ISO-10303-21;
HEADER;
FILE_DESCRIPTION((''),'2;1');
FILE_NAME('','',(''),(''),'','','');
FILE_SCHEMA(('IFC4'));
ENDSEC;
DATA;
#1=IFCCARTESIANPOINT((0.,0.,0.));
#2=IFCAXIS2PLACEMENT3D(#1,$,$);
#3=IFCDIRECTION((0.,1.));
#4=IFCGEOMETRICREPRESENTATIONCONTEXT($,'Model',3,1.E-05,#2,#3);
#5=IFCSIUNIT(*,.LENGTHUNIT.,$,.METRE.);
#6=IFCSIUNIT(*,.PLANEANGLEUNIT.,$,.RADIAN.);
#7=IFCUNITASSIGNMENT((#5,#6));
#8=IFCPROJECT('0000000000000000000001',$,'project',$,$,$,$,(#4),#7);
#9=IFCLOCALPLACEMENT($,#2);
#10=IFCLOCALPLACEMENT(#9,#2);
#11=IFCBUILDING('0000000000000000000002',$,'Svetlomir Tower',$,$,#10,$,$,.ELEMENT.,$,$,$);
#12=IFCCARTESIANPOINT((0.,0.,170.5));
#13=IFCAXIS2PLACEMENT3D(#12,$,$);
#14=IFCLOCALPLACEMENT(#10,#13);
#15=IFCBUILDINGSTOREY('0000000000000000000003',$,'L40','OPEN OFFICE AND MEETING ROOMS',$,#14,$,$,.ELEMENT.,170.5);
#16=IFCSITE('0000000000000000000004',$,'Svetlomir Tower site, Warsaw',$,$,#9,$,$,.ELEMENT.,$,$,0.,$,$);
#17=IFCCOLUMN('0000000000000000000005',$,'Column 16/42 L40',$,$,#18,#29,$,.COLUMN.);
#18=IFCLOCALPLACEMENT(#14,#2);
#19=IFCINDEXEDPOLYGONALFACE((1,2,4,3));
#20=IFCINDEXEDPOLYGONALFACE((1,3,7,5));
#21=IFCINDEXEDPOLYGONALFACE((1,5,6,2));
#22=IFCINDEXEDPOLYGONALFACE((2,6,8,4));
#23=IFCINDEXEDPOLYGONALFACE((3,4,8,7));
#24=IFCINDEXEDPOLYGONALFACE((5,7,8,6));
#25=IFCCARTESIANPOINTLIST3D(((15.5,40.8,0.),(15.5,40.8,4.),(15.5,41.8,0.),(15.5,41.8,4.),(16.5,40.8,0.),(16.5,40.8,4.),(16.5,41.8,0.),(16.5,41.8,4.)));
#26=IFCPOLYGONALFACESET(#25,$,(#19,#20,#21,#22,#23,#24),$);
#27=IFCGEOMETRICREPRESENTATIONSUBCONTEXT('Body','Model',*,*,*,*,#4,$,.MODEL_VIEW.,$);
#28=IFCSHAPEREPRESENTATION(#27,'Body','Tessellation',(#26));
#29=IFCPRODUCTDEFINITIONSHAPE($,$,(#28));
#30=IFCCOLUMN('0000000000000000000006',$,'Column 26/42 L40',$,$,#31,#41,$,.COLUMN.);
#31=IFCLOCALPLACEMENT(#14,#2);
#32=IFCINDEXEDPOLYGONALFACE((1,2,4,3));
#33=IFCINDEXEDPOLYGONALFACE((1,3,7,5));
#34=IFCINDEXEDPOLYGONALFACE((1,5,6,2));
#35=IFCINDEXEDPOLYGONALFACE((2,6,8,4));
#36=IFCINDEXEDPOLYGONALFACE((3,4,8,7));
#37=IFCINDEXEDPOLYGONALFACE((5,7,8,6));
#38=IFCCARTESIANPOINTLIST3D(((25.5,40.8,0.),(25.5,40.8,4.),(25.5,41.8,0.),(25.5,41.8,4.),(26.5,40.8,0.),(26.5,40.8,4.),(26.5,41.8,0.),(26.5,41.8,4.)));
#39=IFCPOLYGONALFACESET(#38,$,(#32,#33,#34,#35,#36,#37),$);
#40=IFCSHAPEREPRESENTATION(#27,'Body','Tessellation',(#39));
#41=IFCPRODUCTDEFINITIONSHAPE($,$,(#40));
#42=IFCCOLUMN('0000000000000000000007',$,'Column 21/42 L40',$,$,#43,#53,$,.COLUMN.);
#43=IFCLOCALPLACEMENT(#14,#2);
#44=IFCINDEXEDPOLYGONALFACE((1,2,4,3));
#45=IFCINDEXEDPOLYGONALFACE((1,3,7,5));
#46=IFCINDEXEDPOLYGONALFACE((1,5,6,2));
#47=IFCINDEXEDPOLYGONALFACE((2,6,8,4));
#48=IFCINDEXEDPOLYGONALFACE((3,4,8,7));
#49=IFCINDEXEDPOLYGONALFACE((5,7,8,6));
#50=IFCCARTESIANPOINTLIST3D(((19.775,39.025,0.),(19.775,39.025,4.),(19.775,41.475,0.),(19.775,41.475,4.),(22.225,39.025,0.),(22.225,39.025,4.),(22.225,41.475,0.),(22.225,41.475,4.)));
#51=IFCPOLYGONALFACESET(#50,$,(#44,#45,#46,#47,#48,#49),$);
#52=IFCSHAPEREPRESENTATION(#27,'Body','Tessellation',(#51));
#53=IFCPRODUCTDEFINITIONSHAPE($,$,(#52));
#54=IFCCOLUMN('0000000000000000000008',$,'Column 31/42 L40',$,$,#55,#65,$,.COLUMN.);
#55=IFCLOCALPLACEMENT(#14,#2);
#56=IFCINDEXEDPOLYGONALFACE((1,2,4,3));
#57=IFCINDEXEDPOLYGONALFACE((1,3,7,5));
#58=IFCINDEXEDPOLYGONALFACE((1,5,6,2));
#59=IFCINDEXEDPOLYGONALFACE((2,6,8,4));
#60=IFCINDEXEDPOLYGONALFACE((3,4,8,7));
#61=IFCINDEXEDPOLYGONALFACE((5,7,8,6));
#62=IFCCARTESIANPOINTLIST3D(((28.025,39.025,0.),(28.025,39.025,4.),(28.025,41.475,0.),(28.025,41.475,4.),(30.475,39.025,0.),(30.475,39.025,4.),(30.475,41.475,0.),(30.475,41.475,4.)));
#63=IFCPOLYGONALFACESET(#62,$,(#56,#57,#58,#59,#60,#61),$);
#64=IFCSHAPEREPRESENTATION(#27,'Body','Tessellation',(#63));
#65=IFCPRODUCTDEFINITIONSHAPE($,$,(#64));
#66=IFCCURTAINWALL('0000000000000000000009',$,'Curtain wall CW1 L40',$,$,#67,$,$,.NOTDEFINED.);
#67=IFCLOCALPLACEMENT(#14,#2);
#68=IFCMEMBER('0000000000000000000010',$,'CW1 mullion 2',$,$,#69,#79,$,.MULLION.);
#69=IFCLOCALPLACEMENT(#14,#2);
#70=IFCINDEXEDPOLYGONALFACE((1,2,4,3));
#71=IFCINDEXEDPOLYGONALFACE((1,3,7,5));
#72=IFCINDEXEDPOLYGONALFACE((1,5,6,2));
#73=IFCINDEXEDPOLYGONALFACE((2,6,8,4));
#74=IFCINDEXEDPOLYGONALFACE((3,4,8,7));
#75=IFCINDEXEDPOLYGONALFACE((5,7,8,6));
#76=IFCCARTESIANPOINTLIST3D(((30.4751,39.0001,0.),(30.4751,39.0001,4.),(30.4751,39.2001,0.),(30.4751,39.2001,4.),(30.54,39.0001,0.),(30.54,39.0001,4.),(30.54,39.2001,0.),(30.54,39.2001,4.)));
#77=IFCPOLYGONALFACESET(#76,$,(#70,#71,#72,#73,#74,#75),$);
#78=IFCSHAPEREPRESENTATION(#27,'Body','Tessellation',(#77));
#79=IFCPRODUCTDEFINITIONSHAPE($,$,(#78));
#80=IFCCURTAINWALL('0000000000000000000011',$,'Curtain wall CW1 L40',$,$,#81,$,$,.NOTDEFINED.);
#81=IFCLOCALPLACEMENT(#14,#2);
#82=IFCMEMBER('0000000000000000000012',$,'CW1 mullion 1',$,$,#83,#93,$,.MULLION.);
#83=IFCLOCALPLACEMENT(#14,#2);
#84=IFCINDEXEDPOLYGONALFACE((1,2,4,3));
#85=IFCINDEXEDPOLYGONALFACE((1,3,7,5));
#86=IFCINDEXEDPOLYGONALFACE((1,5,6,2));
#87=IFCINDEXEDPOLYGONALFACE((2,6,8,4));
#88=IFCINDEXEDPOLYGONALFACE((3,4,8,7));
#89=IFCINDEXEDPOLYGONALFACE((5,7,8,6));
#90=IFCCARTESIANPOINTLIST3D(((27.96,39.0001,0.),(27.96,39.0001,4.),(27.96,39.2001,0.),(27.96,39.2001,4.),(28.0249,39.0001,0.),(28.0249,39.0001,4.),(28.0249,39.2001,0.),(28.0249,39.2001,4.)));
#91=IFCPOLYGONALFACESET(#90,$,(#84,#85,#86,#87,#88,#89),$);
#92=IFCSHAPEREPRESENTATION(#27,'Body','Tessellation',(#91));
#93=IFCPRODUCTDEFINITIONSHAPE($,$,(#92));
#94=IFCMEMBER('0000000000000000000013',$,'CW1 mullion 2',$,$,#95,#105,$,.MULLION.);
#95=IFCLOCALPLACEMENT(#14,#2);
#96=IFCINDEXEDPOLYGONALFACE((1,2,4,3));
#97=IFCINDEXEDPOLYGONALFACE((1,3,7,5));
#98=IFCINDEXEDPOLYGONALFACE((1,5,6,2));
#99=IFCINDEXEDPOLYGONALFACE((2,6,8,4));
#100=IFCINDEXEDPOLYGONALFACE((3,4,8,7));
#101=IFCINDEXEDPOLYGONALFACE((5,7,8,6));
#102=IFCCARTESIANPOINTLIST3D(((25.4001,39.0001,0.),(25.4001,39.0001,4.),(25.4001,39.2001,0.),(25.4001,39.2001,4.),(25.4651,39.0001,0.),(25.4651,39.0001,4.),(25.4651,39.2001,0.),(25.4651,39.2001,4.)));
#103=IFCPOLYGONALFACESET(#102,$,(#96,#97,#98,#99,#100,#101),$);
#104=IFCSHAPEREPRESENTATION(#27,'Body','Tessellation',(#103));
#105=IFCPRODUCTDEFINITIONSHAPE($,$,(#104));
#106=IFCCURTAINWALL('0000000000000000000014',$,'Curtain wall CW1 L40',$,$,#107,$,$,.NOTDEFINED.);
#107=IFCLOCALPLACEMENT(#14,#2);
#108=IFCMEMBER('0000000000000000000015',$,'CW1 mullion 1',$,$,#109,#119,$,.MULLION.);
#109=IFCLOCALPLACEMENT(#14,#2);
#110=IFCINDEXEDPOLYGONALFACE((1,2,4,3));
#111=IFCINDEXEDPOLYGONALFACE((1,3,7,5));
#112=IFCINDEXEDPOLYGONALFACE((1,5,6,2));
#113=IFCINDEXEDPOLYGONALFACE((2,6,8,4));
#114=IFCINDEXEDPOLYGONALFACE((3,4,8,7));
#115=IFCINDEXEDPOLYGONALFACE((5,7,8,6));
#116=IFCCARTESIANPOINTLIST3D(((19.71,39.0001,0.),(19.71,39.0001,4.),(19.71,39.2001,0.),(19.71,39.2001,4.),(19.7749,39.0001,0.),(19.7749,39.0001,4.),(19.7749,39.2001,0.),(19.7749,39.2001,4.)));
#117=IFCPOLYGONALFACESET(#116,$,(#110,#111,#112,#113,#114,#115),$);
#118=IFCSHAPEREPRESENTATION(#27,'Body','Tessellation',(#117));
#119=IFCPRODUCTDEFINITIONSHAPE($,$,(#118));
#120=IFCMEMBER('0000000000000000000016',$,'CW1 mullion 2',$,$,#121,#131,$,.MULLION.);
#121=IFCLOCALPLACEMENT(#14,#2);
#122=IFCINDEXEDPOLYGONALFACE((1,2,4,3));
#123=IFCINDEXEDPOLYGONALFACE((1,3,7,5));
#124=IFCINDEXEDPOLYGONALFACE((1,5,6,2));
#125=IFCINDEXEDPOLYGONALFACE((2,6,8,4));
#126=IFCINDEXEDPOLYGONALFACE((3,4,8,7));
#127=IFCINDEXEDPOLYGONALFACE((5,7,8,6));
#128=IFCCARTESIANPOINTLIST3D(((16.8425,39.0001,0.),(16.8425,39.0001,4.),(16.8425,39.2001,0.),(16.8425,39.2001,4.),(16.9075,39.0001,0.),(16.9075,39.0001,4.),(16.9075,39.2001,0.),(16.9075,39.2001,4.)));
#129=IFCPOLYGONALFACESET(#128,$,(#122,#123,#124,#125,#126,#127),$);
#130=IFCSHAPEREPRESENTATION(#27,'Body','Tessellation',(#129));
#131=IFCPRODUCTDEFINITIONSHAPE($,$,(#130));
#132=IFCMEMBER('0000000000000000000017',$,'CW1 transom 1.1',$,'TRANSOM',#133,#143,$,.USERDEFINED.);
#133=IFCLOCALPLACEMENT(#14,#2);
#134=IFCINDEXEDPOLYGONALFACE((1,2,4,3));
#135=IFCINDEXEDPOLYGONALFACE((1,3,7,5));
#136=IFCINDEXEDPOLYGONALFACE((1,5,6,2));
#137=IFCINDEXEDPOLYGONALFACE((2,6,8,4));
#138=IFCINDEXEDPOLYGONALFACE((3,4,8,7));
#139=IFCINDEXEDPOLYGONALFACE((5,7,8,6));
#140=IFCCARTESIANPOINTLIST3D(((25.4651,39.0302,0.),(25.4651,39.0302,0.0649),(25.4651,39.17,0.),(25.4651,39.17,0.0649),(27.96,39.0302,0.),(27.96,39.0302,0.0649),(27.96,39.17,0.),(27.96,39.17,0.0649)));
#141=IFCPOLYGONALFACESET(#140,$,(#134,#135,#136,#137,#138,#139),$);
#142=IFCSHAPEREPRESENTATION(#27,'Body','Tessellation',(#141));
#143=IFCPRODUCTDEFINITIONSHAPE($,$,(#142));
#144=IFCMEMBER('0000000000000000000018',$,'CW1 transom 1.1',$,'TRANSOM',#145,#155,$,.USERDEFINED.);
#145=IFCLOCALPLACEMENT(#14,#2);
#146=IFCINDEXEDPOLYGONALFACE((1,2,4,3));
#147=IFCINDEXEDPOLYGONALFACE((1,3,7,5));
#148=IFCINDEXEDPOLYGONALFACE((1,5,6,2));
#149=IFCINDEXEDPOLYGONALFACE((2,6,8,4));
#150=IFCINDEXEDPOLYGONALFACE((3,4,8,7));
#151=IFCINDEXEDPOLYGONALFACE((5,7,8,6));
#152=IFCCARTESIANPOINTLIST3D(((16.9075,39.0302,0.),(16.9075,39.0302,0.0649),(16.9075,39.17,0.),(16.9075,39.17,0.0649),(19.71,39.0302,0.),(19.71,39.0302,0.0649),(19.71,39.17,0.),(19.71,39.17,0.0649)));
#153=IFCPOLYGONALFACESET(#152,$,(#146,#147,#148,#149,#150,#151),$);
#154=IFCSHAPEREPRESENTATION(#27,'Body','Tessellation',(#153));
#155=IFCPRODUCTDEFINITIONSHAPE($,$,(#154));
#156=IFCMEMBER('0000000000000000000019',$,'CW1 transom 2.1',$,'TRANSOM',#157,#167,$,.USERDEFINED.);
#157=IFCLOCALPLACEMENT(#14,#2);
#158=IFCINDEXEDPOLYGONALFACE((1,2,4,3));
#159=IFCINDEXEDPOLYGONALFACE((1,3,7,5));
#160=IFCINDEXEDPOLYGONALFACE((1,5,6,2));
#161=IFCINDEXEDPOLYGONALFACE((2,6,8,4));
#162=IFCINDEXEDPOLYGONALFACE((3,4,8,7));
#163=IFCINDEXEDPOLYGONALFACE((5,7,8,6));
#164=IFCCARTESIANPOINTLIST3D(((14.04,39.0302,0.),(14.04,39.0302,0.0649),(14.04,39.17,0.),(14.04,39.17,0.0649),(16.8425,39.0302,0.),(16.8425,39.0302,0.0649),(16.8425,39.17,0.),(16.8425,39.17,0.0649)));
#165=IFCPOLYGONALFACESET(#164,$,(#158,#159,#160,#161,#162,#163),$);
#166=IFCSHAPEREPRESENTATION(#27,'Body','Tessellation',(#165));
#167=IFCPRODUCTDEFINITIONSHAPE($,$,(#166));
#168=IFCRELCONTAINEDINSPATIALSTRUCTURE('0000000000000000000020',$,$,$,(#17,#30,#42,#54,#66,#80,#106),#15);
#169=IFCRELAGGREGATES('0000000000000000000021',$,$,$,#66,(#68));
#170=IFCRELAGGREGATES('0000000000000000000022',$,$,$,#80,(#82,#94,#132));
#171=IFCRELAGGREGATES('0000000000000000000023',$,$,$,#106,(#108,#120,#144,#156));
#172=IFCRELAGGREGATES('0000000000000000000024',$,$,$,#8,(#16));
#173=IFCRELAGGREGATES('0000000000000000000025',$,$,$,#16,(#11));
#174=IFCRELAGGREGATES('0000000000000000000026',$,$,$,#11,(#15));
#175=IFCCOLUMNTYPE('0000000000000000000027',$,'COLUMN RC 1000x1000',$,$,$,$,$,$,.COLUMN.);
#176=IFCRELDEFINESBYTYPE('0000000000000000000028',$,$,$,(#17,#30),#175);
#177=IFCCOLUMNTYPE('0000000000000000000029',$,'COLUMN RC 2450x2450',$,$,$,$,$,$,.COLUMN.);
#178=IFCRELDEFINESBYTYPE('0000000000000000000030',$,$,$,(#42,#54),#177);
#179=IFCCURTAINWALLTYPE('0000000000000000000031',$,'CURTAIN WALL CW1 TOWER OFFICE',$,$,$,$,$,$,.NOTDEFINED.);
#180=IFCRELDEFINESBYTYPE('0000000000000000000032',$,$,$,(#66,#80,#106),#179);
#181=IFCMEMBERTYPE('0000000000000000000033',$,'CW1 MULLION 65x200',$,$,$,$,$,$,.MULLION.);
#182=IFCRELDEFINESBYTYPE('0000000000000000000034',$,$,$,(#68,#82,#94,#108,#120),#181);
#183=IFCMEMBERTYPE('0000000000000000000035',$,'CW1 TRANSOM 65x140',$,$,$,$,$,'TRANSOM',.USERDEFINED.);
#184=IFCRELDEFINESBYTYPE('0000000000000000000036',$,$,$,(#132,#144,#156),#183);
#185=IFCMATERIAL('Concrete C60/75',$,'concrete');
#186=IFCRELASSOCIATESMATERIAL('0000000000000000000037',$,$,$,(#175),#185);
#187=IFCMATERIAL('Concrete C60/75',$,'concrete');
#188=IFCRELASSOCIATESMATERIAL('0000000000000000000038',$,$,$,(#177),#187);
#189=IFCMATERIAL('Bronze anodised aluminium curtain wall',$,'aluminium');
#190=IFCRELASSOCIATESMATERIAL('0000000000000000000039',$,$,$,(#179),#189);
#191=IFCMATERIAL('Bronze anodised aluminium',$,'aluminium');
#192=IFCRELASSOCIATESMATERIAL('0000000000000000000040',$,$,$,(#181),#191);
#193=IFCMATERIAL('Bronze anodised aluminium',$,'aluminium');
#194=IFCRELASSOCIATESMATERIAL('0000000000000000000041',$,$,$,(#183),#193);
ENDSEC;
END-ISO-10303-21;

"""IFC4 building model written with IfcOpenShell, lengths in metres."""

from ifc_helpers import new_model, si_unit, direction, frame, origin, origin_2d, place, context, subcontext, project, spatial, rectangle, extrude, material, material_profile, profile_set, type_object, element, aggregate, save


model = new_model("IFC4")

# Units and contexts
model_context = context("Model", 3, precision=1e-05, world=origin(), true_north=direction((0.0, 1.0)))
body_context = subcontext(model_context, "Body", "Model", "MODEL_VIEW")
ifc_project = project(units=[si_unit("LENGTHUNIT", "METRE"), si_unit("PLANEANGLEUNIT", "RADIAN")], contexts=[model_context])

# Site, building, storey
site_placement = place(None, origin())
site = spatial("IfcSite", under=ifc_project, at=site_placement, Name="Svetlomir Tower site, Warsaw", CompositionType="ELEMENT", RefElevation=0.0)
building_placement = place(site_placement, origin())
building = spatial("IfcBuilding", under=site, at=building_placement, Name="Svetlomir Tower", CompositionType="ELEMENT")
storey_placement = place(building_placement, frame((0.0, 0.0, 170.5)))
storey = spatial("IfcBuildingStorey", under=building, at=storey_placement, Name="L40", Description="OPEN OFFICE AND MEETING ROOMS", CompositionType="ELEMENT", Elevation=170.5)

# Columns
ifc_material_1 = material(Name="Concrete C60/75", Category="concrete")
ifc_material_profile_1 = material_profile(ifc_material_1, rectangle(XDim=1.0, YDim=1.0, at=origin_2d()), Name="RC 1000x1000")
ifc_profile_set_1 = profile_set([ifc_material_profile_1], Name="Concrete C60/75")
column_type_1 = type_object("IfcColumnType", Name="COLUMN RC 1000x1000", PredefinedType="COLUMN", material=ifc_profile_set_1)
for number, where, z_axis, x_axis, name in (
    (1, (16.0, 41.3, 0.0), (0.0, 0.0, 1.0), (1.0, 0.0, 0.0), "Column 16/42 L40"),
    (2, (26.0, 41.3, 0.0), (0.0, 0.0, 1.0), (1.0, 0.0, 0.0), "Column 26/42 L40"),
):
    element("IfcColumn", number, at=place(storey_placement, frame(where, z_axis=z_axis, x_axis=x_axis)), inside=storey, type_object=column_type_1, Name=name, PredefinedType="COLUMN", context=body_context, shape_type="SweptSolid", body=[
        extrude(rectangle(XDim=1.0, YDim=1.0, at=origin_2d()), origin(), (0.0, 0.0, 1.0), 4.0),
    ])
ifc_material_2 = material(Name="Concrete C60/75", Category="concrete")
ifc_material_profile_2 = material_profile(ifc_material_2, rectangle(XDim=2.45, YDim=2.45, at=origin_2d()), Name="RC 2450x2450")
ifc_profile_set_2 = profile_set([ifc_material_profile_2], Name="Concrete C60/75")
column_type_2 = type_object("IfcColumnType", Name="COLUMN RC 2450x2450", PredefinedType="COLUMN", material=ifc_profile_set_2)
for number, where, z_axis, x_axis, name in (
    (3, (21.0, 40.25, 0.0), (0.0, 0.0, 1.0), (1.0, 0.0, 0.0), "Column 21/42 L40"),
    (4, (29.25, 40.25, 0.0), (0.0, 0.0, 1.0), (1.0, 0.0, 0.0), "Column 31/42 L40"),
):
    element("IfcColumn", number, at=place(storey_placement, frame(where, z_axis=z_axis, x_axis=x_axis)), inside=storey, type_object=column_type_2, Name=name, PredefinedType="COLUMN", context=body_context, shape_type="SweptSolid", body=[
        extrude(rectangle(XDim=2.45, YDim=2.45, at=origin_2d()), origin(), (0.0, 0.0, 1.0), 4.0),
    ])

# Curtain wall, member
ifc_material_3 = material(Name="Bronze anodised aluminium curtain wall", Category="aluminium")
curtain_wall_type = type_object("IfcCurtainWallType", Name="CURTAIN WALL CW1 TOWER OFFICE", PredefinedType="NOTDEFINED", material=ifc_material_3)
curtain_wall_1_placement = place(storey_placement, origin())
curtain_wall_1 = element("IfcCurtainWall", 5, at=curtain_wall_1_placement, inside=storey, type_object=curtain_wall_type, Name="Curtain wall CW1 L40", PredefinedType="NOTDEFINED")
ifc_material_4 = material(Name="Bronze anodised aluminium", Category="aluminium")
ifc_material_profile_3 = material_profile(ifc_material_4, rectangle(XDim=0.0649, YDim=0.2, at=origin_2d()), Name="AL 65x200")
ifc_profile_set_3 = profile_set([ifc_material_profile_3], Name="Bronze anodised aluminium 6063-T6")
member_type_1 = type_object("IfcMemberType", Name="CW1 MULLION 65x200", PredefinedType="MULLION", material=ifc_profile_set_3)
member_1_placement = place(storey_placement, frame((30.5076, 39.1001, 0.0), z_axis=(0.0, 0.0, 1.0), x_axis=(-1.0, 0.0, 0.0)))
member_1 = element("IfcMember", 6, at=member_1_placement, type_object=member_type_1, Name="CW1 mullion 2", PredefinedType="MULLION", context=body_context, shape_type="SweptSolid", body=[
    extrude(rectangle(XDim=0.0649, YDim=0.2, at=origin_2d()), origin(), (0.0, 0.0, 1.0), 4.0),
])

# Curtain walls, members
curtain_wall_2_placement = place(storey_placement, origin())
curtain_wall_2 = element("IfcCurtainWall", 7, at=curtain_wall_2_placement, inside=storey, type_object=curtain_wall_type, Name="Curtain wall CW1 L40", PredefinedType="NOTDEFINED")
member_2_placement = place(storey_placement, frame((27.9924, 39.1001, 0.0), z_axis=(0.0, 0.0, 1.0), x_axis=(-1.0, 0.0, 0.0)))
member_2 = element("IfcMember", 8, at=member_2_placement, type_object=member_type_1, Name="CW1 mullion 1", PredefinedType="MULLION", context=body_context, shape_type="SweptSolid", body=[
    extrude(rectangle(XDim=0.0649, YDim=0.2, at=origin_2d()), origin(), (0.0, 0.0, 1.0), 4.0),
])
member_3_placement = place(storey_placement, frame((25.4326, 39.1001, 0.0), z_axis=(0.0, 0.0, 1.0), x_axis=(-1.0, 0.0, 0.0)))
member_3 = element("IfcMember", 9, at=member_3_placement, type_object=member_type_1, Name="CW1 mullion 2", PredefinedType="MULLION", context=body_context, shape_type="SweptSolid", body=[
    extrude(rectangle(XDim=0.0649, YDim=0.2, at=origin_2d()), origin(), (0.0, 0.0, 1.0), 4.0),
])
curtain_wall_3_placement = place(storey_placement, origin())
curtain_wall_3 = element("IfcCurtainWall", 10, at=curtain_wall_3_placement, inside=storey, type_object=curtain_wall_type, Name="Curtain wall CW1 L40", PredefinedType="NOTDEFINED")
member_4_placement = place(storey_placement, frame((19.7424, 39.1001, 0.0), z_axis=(0.0, 0.0, 1.0), x_axis=(-1.0, 0.0, 0.0)))
member_4 = element("IfcMember", 11, at=member_4_placement, type_object=member_type_1, Name="CW1 mullion 1", PredefinedType="MULLION", context=body_context, shape_type="SweptSolid", body=[
    extrude(rectangle(XDim=0.0649, YDim=0.2, at=origin_2d()), origin(), (0.0, 0.0, 1.0), 4.0),
])
member_5_placement = place(storey_placement, frame((16.875, 39.1001, 0.0), z_axis=(0.0, 0.0, 1.0), x_axis=(-1.0, 0.0, 0.0)))
member_5 = element("IfcMember", 12, at=member_5_placement, type_object=member_type_1, Name="CW1 mullion 2", PredefinedType="MULLION", context=body_context, shape_type="SweptSolid", body=[
    extrude(rectangle(XDim=0.0649, YDim=0.2, at=origin_2d()), origin(), (0.0, 0.0, 1.0), 4.0),
])

# Members
ifc_material_5 = material(Name="Bronze anodised aluminium", Category="aluminium")
ifc_material_profile_4 = material_profile(ifc_material_5, rectangle(XDim=0.1399, YDim=0.0649, at=origin_2d()), Name="AL 140x65")
ifc_profile_set_4 = profile_set([ifc_material_profile_4], Name="Bronze anodised aluminium 6063-T6")
member_type_2 = type_object("IfcMemberType", Name="CW1 TRANSOM 65x140", ElementType="TRANSOM", PredefinedType="USERDEFINED", material=ifc_profile_set_4)
member_6_placement = place(storey_placement, frame((27.96, 39.1001, 0.0325), z_axis=(-1.0, 0.0, 0.0), x_axis=(0.0, -1.0, 0.0)))
member_6 = element("IfcMember", 13, at=member_6_placement, type_object=member_type_2, Name="CW1 transom 1.1", ObjectType="TRANSOM", PredefinedType="USERDEFINED", context=body_context, shape_type="SweptSolid", body=[
    extrude(rectangle(XDim=0.1399, YDim=0.0649, at=origin_2d()), origin(), (0.0, 0.0, 1.0), 2.4949),
])
member_7_placement = place(storey_placement, frame((19.71, 39.1001, 0.0325), z_axis=(-1.0, 0.0, 0.0), x_axis=(0.0, -1.0, 0.0)))
member_7 = element("IfcMember", 14, at=member_7_placement, type_object=member_type_2, Name="CW1 transom 1.1", ObjectType="TRANSOM", PredefinedType="USERDEFINED", context=body_context, shape_type="SweptSolid", body=[
    extrude(rectangle(XDim=0.1399, YDim=0.0649, at=origin_2d()), origin(), (0.0, 0.0, 1.0), 2.8025),
])
member_8_placement = place(storey_placement, frame((16.8425, 39.1001, 0.0325), z_axis=(-1.0, 0.0, 0.0), x_axis=(0.0, -1.0, 0.0)))
member_8 = element("IfcMember", 15, at=member_8_placement, type_object=member_type_2, Name="CW1 transom 2.1", ObjectType="TRANSOM", PredefinedType="USERDEFINED", context=body_context, shape_type="SweptSolid", body=[
    extrude(rectangle(XDim=0.1399, YDim=0.0649, at=origin_2d()), origin(), (0.0, 0.0, 1.0), 2.8025),
])

aggregate(curtain_wall_1, [member_1])
aggregate(curtain_wall_2, [member_2, member_3, member_6])
aggregate(curtain_wall_3, [member_4, member_5, member_7, member_8])

save(model, "model.ifc")
